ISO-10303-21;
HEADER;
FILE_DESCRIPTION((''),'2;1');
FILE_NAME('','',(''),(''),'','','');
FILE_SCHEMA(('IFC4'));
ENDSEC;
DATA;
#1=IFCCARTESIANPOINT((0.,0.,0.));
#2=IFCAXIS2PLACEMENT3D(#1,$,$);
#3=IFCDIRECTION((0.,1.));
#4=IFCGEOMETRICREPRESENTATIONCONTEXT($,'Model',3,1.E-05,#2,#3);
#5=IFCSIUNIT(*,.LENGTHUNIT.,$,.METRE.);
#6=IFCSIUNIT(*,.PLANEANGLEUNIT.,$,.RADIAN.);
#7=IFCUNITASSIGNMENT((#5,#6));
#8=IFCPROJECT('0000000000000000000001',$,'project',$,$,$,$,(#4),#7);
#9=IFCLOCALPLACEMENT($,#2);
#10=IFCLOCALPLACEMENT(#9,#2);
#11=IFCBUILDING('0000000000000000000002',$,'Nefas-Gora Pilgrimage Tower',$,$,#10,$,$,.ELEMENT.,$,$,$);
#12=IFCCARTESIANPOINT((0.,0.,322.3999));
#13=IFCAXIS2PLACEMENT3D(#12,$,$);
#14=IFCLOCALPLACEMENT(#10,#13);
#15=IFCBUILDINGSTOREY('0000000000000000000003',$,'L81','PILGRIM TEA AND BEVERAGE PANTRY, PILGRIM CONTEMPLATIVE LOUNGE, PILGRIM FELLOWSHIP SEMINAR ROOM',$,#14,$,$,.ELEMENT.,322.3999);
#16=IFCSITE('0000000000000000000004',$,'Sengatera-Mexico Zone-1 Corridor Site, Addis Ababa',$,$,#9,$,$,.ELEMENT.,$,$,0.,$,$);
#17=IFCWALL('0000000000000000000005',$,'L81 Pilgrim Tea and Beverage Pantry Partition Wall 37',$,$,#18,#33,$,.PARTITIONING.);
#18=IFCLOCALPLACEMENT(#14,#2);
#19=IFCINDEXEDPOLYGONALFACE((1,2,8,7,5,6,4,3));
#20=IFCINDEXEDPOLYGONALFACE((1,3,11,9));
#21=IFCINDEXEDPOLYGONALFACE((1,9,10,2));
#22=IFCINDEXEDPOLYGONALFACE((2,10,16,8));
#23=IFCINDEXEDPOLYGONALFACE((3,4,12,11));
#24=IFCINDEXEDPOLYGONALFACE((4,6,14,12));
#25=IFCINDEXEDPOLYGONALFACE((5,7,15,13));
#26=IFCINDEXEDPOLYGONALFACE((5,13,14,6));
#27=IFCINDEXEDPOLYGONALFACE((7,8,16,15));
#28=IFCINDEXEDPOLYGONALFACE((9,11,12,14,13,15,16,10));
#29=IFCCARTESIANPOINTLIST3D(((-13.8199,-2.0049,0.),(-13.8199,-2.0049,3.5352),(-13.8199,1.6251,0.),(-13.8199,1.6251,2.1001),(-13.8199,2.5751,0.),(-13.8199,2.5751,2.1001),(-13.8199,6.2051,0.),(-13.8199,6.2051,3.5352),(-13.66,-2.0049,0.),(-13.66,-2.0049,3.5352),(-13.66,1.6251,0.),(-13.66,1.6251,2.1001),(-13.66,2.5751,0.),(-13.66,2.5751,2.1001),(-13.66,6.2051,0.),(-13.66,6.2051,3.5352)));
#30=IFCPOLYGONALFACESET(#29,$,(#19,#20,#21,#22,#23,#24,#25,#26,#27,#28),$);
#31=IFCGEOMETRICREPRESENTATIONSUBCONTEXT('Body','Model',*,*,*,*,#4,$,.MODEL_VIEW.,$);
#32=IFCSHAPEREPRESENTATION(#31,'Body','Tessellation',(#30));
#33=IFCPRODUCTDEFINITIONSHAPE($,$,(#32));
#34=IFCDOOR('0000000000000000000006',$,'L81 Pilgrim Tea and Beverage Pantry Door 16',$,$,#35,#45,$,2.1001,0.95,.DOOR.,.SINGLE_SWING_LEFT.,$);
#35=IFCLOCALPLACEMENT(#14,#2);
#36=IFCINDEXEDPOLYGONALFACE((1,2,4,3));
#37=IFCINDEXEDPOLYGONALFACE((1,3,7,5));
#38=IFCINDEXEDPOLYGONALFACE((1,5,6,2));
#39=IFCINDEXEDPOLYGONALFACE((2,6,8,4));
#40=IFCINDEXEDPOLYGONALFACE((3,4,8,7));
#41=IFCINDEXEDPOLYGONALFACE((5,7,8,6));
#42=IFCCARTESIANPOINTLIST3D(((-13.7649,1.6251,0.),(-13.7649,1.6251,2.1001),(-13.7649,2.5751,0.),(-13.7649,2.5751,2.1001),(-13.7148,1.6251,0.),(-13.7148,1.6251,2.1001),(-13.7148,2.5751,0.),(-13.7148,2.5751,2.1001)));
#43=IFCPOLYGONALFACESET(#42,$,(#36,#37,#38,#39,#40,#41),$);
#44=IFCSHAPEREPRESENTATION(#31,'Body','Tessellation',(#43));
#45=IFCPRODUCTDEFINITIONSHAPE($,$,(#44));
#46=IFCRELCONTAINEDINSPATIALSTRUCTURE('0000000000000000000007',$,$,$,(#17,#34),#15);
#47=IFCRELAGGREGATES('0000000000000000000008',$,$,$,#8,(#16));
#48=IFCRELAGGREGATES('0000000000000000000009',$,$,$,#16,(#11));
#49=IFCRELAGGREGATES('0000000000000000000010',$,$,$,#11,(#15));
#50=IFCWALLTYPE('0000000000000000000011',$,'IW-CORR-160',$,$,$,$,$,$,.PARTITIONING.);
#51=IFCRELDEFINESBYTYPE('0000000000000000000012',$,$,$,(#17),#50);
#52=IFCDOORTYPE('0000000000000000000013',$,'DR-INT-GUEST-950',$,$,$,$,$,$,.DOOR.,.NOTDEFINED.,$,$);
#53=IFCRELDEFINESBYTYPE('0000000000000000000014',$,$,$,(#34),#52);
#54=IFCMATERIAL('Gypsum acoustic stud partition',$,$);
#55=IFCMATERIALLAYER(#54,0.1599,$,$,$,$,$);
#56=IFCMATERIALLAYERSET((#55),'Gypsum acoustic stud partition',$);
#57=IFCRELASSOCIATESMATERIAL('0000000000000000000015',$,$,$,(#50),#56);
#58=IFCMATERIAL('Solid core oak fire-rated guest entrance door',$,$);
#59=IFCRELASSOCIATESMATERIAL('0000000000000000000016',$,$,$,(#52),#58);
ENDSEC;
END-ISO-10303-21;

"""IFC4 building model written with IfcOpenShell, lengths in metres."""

from ifc_helpers import new_model, si_unit, direction, frame, frame_2d, origin, place, context, subcontext, project, spatial, rectangle, extrude, source, transform, mapped, material, layer, layer_set, type_object, element, fill, save


model = new_model("IFC4")

# Units and contexts
model_context = context("Model", 3, precision=1e-05, world=origin(), true_north=direction((0.0, 1.0)))
body_context = subcontext(model_context, "Body", "Model", "MODEL_VIEW")
ifc_project = project(units=[si_unit("LENGTHUNIT", "METRE"), si_unit("PLANEANGLEUNIT", "RADIAN")], contexts=[model_context])

# Site, building, storey
site_placement = place(None, origin())
site = spatial("IfcSite", under=ifc_project, at=site_placement, Name="Sengatera-Mexico Zone-1 Corridor Site, Addis Ababa", CompositionType="ELEMENT", RefElevation=0.0)
building_placement = place(site_placement, origin())
building = spatial("IfcBuilding", under=site, at=building_placement, Name="Nefas-Gora Pilgrimage Tower", CompositionType="ELEMENT")
storey_placement = place(building_placement, frame((0.0, 0.0, 322.3999)))
storey = spatial("IfcBuildingStorey", under=building, at=storey_placement, Name="L81", Description="PILGRIM TEA AND BEVERAGE PANTRY, PILGRIM CONTEMPLATIVE LOUNGE, PILGRIM FELLOWSHIP SEMINAR ROOM", CompositionType="ELEMENT", Elevation=322.3999)

# Wall, opening, door
ifc_material_1 = material(Name="Gypsum acoustic stud partition")
ifc_layer_1 = layer(ifc_material_1, 0.1599)
ifc_layer_set_1 = layer_set([ifc_layer_1], Name="Gypsum acoustic stud partition")
wall_type_1 = type_object("IfcWallType", Name="IW-CORR-160", PredefinedType="PARTITIONING", material=ifc_layer_set_1)
ifc_material_2 = material(Name="Solid core oak fire-rated guest entrance door")
door_type = type_object("IfcDoorType", Name="DR-INT-GUEST-950", OperationType="NOTDEFINED", PredefinedType="DOOR", material=ifc_material_2)
shared_shape_1 = source(origin(), body_context, "Body", "SweptSolid", [
    extrude(rectangle(XDim=0.95, YDim=2.1001, at=frame_2d((0.4751, 1.05))), frame((0.0, 0.0249, 0.0), z_axis=(0.0, -1.0, 0.0), x_axis=(1.0, 0.0, 0.0)), (0.0, 0.0, 1.0), 0.05),
])
shared_shape_2 = source(origin(), body_context, "Body", "SweptSolid", [
    extrude(rectangle(XDim=8.21, YDim=0.1599, at=frame_2d((4.105, 0.0))), origin(), (0.0, 0.0, 1.0), 3.5352),
])
wall_1_placement = place(storey_placement, frame((-13.74, -2.0049, 0.0), z_axis=(0.0, 0.0, 1.0), x_axis=(0.0, 1.0, 0.0)))
wall_1 = element("IfcWall", 1, at=wall_1_placement, inside=storey, type_object=wall_type_1, Name="L81 Pilgrim Tea and Beverage Pantry Partition Wall 37", PredefinedType="PARTITIONING", context=body_context, shape_type="MappedRepresentation", body=[
    mapped(shared_shape_2, transform((0.0, 0.0, 0.0), x_axis=(1.0, 0.0, 0.0), y_axis=(0.0, 1.0, 0.0), z_axis=(0.0, 0.0, 1.0), scale=1.0)),
])
opening_1_placement = place(wall_1_placement, frame((3.6299, 0.0, 0.0)))
opening_1 = element("IfcOpeningElement", 2, at=opening_1_placement, cuts=wall_1, PredefinedType="OPENING", context=body_context, shape_type="SweptSolid", body=[
    extrude(rectangle(XDim=0.95, YDim=2.1001, at=frame_2d((0.4751, 1.05))), frame((0.0, 0.0898, 0.0), z_axis=(0.0, -1.0, 0.0), x_axis=(1.0, 0.0, 0.0)), (0.0, 0.0, 1.0), 0.1799),
])
door_1_placement = place(opening_1_placement, origin())
door_1 = element("IfcDoor", 3, at=door_1_placement, inside=storey, type_object=door_type, Name="L81 Pilgrim Tea and Beverage Pantry Door 16", OperationType="SINGLE_SWING_LEFT", OverallHeight=2.1001, OverallWidth=0.95, PredefinedType="DOOR", context=body_context, shape_type="MappedRepresentation", body=[
    mapped(shared_shape_1, transform((0.0, 0.0, 0.0), x_axis=(1.0, 0.0, 0.0), y_axis=(0.0, 1.0, 0.0), z_axis=(0.0, 0.0, 1.0), scale=1.0)),
])
fill(opening_1, door_1)

save(model, "model.ifc")
